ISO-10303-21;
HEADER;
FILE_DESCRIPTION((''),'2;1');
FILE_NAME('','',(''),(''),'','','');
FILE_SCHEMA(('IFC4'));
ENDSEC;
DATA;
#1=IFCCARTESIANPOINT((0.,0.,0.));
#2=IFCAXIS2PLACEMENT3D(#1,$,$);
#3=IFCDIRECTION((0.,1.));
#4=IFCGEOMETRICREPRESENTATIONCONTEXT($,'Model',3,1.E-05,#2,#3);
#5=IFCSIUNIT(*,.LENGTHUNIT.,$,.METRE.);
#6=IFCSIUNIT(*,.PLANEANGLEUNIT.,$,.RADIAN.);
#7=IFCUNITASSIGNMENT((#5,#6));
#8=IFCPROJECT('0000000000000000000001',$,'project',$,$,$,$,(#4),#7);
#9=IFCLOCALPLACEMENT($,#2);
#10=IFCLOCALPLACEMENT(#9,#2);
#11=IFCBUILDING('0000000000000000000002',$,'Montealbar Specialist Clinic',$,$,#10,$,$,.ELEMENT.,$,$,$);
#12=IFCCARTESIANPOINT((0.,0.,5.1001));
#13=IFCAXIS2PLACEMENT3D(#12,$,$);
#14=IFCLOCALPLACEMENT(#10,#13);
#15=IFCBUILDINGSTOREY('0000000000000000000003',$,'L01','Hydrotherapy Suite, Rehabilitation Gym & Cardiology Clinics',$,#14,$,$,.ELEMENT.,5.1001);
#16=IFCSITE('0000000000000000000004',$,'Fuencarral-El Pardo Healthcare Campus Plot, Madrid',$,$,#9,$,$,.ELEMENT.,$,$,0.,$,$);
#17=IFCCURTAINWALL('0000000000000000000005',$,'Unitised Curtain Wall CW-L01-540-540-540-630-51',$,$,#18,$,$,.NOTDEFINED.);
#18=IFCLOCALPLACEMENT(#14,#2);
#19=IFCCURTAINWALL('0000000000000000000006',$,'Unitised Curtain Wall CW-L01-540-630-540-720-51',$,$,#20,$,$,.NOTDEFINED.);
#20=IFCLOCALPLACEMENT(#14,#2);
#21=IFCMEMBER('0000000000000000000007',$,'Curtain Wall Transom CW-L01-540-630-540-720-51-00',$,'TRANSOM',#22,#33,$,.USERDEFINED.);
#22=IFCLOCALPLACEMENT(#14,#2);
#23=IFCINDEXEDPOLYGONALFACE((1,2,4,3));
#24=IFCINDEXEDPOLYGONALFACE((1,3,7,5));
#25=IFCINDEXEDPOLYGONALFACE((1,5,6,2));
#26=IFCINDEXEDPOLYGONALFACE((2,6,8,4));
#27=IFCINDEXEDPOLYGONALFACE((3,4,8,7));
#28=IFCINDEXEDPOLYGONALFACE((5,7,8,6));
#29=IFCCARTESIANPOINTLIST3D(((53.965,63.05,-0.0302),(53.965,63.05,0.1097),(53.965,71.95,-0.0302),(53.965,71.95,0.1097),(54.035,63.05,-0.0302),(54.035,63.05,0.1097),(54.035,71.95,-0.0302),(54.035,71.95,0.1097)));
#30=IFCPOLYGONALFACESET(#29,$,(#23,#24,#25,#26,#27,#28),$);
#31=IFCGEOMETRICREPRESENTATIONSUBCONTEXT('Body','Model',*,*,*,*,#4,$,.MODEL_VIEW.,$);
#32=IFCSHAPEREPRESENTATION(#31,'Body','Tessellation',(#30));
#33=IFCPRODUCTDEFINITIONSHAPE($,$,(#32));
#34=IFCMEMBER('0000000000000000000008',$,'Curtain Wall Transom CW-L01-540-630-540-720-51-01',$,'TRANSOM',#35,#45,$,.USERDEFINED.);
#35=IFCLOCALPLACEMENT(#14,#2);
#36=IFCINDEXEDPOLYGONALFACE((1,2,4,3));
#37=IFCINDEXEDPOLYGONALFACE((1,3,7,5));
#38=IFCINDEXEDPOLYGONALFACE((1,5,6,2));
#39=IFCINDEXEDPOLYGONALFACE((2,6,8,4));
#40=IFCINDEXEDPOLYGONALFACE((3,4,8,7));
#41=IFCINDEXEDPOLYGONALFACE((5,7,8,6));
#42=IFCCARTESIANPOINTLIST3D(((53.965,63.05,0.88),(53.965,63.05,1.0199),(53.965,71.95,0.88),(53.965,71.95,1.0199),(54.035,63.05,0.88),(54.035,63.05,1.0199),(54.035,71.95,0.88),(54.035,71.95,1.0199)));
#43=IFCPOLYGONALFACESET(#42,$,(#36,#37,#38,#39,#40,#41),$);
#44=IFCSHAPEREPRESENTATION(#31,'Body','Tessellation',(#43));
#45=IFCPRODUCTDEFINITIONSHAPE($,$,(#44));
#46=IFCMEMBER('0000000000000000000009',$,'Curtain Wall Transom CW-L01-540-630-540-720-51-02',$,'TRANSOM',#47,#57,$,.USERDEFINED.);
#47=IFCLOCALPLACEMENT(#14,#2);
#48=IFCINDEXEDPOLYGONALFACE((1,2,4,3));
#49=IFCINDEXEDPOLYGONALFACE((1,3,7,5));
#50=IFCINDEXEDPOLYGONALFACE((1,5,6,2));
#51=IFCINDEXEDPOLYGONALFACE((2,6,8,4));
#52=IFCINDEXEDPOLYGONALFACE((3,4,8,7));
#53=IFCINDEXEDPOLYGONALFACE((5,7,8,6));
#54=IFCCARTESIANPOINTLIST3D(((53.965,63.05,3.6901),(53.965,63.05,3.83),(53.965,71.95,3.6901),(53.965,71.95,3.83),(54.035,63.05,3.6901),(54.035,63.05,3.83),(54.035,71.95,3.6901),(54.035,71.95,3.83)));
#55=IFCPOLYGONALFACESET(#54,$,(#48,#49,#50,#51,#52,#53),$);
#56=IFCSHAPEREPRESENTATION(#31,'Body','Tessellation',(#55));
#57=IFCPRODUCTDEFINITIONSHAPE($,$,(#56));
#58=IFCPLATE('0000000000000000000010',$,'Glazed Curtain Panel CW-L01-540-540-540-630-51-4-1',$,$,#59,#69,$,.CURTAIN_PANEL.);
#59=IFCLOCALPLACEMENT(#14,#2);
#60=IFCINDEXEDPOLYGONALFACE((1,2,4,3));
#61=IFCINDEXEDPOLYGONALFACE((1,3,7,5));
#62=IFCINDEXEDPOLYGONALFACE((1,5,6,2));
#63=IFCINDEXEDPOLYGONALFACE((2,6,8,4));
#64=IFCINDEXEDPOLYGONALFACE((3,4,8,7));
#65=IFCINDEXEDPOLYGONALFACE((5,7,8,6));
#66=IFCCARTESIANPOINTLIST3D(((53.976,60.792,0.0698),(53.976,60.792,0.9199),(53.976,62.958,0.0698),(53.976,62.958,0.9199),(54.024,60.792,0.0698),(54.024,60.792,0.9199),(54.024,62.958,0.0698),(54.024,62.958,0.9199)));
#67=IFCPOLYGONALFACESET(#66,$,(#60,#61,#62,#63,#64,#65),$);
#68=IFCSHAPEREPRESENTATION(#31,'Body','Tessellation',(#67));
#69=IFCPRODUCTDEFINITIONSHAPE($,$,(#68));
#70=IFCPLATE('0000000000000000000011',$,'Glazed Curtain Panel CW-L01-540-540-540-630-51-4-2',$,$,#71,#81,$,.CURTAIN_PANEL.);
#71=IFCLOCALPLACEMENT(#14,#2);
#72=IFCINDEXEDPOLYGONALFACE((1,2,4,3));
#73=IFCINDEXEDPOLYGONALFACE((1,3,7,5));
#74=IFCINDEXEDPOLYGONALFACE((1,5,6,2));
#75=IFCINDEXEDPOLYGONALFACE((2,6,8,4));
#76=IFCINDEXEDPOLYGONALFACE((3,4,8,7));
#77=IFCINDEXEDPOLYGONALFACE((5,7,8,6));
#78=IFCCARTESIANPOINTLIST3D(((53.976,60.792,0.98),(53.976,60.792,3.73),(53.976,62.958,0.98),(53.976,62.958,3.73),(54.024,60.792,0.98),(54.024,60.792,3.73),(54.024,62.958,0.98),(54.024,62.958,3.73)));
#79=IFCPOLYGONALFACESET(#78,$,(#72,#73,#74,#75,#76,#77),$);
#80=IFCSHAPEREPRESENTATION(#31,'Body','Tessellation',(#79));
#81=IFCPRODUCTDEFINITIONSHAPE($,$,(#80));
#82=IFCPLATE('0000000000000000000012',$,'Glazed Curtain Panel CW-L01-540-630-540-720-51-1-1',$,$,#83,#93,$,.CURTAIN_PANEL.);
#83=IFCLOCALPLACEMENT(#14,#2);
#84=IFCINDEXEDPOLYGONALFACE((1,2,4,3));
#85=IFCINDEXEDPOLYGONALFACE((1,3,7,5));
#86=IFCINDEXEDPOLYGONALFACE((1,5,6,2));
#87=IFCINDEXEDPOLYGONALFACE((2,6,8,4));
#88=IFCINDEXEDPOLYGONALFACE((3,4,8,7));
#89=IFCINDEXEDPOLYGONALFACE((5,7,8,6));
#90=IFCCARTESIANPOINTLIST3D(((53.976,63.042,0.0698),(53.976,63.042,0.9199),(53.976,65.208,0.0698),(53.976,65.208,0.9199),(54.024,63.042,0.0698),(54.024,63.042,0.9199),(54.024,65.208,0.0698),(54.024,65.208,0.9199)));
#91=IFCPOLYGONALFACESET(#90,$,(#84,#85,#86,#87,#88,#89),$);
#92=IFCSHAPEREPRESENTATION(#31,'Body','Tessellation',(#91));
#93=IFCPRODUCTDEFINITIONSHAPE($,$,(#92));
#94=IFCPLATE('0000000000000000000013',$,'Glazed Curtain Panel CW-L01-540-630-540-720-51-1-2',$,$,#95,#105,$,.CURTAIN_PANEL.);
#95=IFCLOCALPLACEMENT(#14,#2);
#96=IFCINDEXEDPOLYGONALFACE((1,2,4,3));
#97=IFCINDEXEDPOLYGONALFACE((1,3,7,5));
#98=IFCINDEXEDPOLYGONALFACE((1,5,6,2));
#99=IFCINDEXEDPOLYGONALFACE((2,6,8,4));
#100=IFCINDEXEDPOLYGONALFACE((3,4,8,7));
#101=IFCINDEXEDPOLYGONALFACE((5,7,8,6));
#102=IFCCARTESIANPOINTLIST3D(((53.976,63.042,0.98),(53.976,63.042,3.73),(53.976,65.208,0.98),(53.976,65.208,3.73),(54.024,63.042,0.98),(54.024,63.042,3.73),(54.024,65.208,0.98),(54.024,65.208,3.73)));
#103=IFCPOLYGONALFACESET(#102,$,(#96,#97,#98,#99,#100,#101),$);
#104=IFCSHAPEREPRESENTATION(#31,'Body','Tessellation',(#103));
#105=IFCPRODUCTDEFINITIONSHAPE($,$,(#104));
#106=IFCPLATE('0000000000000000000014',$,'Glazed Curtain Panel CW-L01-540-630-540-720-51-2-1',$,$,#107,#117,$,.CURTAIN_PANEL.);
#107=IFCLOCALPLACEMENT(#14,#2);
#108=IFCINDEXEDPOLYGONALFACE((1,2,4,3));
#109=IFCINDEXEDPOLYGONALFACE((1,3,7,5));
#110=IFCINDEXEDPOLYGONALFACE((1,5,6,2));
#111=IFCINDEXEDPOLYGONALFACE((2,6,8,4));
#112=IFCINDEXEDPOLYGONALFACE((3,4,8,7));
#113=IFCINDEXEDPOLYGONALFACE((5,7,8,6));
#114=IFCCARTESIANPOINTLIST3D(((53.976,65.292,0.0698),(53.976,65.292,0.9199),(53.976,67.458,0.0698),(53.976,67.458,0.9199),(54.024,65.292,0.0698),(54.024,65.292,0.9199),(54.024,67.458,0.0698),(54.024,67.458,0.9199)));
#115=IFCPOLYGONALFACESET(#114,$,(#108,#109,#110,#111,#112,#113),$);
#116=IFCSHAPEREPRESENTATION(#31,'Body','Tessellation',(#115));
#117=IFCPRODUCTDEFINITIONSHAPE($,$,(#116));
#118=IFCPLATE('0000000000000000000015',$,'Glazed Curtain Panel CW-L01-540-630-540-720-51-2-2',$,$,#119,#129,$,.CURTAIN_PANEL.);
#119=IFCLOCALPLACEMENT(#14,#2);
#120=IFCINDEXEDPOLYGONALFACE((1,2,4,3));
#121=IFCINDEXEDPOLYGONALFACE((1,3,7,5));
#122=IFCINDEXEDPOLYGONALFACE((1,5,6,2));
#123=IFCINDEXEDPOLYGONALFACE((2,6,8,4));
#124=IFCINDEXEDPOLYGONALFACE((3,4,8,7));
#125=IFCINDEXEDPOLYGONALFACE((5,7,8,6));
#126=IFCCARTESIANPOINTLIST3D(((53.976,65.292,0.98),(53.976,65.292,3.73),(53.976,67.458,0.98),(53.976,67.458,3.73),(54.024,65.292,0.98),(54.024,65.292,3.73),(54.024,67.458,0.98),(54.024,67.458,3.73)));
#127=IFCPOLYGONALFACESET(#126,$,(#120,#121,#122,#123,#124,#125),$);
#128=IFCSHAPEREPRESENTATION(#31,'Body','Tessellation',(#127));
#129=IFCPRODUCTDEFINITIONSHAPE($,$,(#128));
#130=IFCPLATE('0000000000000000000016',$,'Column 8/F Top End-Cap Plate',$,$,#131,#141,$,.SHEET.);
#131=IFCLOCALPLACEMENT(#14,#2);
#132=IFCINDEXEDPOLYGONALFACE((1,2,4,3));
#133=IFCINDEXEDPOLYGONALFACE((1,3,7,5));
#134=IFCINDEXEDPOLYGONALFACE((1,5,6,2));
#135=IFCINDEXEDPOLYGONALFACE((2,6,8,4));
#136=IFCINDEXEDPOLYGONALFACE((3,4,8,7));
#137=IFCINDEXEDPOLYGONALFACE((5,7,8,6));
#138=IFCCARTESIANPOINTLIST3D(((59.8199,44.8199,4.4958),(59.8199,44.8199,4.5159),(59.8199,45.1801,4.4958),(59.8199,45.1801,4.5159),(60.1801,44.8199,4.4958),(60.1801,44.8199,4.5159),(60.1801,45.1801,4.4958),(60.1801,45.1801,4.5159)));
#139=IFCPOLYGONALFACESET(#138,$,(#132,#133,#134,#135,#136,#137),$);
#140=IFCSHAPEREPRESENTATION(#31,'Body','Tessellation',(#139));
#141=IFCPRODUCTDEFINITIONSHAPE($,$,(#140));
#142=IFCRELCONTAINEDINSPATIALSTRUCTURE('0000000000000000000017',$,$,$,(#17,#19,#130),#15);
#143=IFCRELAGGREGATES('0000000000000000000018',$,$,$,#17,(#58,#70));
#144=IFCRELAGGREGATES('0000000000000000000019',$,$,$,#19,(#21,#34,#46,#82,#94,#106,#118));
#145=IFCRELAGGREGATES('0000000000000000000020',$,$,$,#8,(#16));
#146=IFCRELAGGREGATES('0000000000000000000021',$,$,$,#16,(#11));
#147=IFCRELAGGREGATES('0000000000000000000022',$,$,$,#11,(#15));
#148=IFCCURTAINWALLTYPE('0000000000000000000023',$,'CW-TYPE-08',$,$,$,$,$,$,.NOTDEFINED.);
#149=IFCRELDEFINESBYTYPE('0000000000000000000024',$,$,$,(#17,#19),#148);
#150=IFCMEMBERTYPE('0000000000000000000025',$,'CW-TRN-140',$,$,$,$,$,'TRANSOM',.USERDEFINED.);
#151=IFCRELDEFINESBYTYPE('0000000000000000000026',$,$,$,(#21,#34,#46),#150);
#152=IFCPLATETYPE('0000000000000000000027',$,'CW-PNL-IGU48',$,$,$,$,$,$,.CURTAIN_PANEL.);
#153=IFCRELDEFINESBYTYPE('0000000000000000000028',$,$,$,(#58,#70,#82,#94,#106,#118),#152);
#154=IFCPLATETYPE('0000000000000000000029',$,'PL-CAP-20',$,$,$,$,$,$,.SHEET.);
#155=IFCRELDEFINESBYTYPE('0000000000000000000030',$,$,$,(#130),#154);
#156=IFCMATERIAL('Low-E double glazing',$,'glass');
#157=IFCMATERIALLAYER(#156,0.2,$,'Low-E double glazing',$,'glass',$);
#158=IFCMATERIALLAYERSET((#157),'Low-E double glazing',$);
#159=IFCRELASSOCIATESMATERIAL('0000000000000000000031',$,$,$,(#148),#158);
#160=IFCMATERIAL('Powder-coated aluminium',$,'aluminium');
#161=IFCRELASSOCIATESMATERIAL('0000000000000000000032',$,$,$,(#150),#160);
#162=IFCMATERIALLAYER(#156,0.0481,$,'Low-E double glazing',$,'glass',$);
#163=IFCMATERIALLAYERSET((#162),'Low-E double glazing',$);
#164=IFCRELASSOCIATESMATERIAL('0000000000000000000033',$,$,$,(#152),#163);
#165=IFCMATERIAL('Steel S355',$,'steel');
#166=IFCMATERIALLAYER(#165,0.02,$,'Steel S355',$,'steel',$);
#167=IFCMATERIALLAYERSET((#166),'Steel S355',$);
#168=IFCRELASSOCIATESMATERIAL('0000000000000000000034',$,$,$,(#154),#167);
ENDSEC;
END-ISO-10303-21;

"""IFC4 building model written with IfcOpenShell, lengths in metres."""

from ifc_helpers import new_model, si_unit, direction, frame, origin, origin_2d, place, context, subcontext, project, spatial, rectangle, extrude, material, layer, layer_set, material_profile, profile_set, type_object, element, aggregate, save


model = new_model("IFC4")

# Units and contexts
model_context = context("Model", 3, precision=1e-05, world=origin(), true_north=direction((0.0, 1.0)))
body_context = subcontext(model_context, "Body", "Model", "MODEL_VIEW")
ifc_project = project(units=[si_unit("LENGTHUNIT", "METRE"), si_unit("PLANEANGLEUNIT", "RADIAN")], contexts=[model_context])

# Site, building, storey
site_placement = place(None, origin())
site = spatial("IfcSite", under=ifc_project, at=site_placement, Name="Fuencarral-El Pardo Healthcare Campus Plot, Madrid", CompositionType="ELEMENT", RefElevation=0.0)
building_placement = place(site_placement, origin())
building = spatial("IfcBuilding", under=site, at=building_placement, Name="Montealbar Specialist Clinic", CompositionType="ELEMENT")
storey_placement = place(building_placement, frame((0.0, 0.0, 5.1001)))
storey = spatial("IfcBuildingStorey", under=building, at=storey_placement, Name="L01", Description="Hydrotherapy Suite, Rehabilitation Gym & Cardiology Clinics", CompositionType="ELEMENT", Elevation=5.1001)

# Shared definitions
ifc_material_1 = material(Name="Steel S355", Category="steel")

# Curtain wall
ifc_material_2 = material(Name="Low-E double glazing", Category="glass")
ifc_layer_1 = layer(ifc_material_2, 0.2, Name="Low-E double glazing", Category="glass")
ifc_layer_set_1 = layer_set([ifc_layer_1], Name="Low-E double glazing")
curtain_wall_type = type_object("IfcCurtainWallType", Name="CW-TYPE-08", PredefinedType="NOTDEFINED", material=ifc_layer_set_1)
curtain_wall_1_placement = place(storey_placement, origin())
curtain_wall_1 = element("IfcCurtainWall", 1, at=curtain_wall_1_placement, inside=storey, type_object=curtain_wall_type, Name="Unitised Curtain Wall CW-L01-540-540-540-630-51", PredefinedType="NOTDEFINED")

# Curtain wall, members
curtain_wall_2_placement = place(storey_placement, origin())
curtain_wall_2 = element("IfcCurtainWall", 2, at=curtain_wall_2_placement, inside=storey, type_object=curtain_wall_type, Name="Unitised Curtain Wall CW-L01-540-630-540-720-51", PredefinedType="NOTDEFINED")
ifc_material_3 = material(Name="Powder-coated aluminium", Category="aluminium")
ifc_material_profile_1 = material_profile(ifc_material_3, rectangle(XDim=0.0701, YDim=0.1399, at=origin_2d()), Name="ALU 70x140", Category="aluminium")
ifc_profile_set_1 = profile_set([ifc_material_profile_1], Name="Powder-coated aluminium")
member_type_1 = type_object("IfcMemberType", Name="CW-TRN-140", ElementType="TRANSOM", PredefinedType="USERDEFINED", material=ifc_profile_set_1)
member_1_placement = place(storey_placement, frame((54.0, 63.05, 0.0398), z_axis=(0.0, 1.0, 0.0), x_axis=(-1.0, 0.0, 0.0)))
member_1 = element("IfcMember", 3, at=member_1_placement, type_object=member_type_1, Name="Curtain Wall Transom CW-L01-540-630-540-720-51-00", ObjectType="TRANSOM", PredefinedType="USERDEFINED", context=body_context, shape_type="SweptSolid", body=[
    extrude(rectangle(XDim=0.0701, YDim=0.1399, at=origin_2d()), origin(), (0.0, 0.0, 1.0), 8.8999),
])
member_2_placement = place(storey_placement, frame((54.0, 63.05, 0.95), z_axis=(0.0, 1.0, 0.0), x_axis=(-1.0, 0.0, 0.0)))
member_2 = element("IfcMember", 4, at=member_2_placement, type_object=member_type_1, Name="Curtain Wall Transom CW-L01-540-630-540-720-51-01", ObjectType="TRANSOM", PredefinedType="USERDEFINED", context=body_context, shape_type="SweptSolid", body=[
    extrude(rectangle(XDim=0.0701, YDim=0.1399, at=origin_2d()), origin(), (0.0, 0.0, 1.0), 8.8999),
])
member_3_placement = place(storey_placement, frame((54.0, 63.05, 3.76), z_axis=(0.0, 1.0, 0.0), x_axis=(-1.0, 0.0, 0.0)))
member_3 = element("IfcMember", 5, at=member_3_placement, type_object=member_type_1, Name="Curtain Wall Transom CW-L01-540-630-540-720-51-02", ObjectType="TRANSOM", PredefinedType="USERDEFINED", context=body_context, shape_type="SweptSolid", body=[
    extrude(rectangle(XDim=0.0701, YDim=0.1399, at=origin_2d()), origin(), (0.0, 0.0, 1.0), 8.8999),
])

# Plates
ifc_layer_2 = layer(ifc_material_2, 0.0481, Name="Low-E double glazing", Category="glass")
ifc_layer_set_2 = layer_set([ifc_layer_2], Name="Low-E double glazing")
plate_type_1 = type_object("IfcPlateType", Name="CW-PNL-IGU48", PredefinedType="CURTAIN_PANEL", material=ifc_layer_set_2)
plate_1_placement = place(storey_placement, frame((54.0, 61.875, 0.0698), z_axis=(0.0, 0.0, 1.0), x_axis=(0.0, 1.0, 0.0)))
plate_1 = element("IfcPlate", 6, at=plate_1_placement, type_object=plate_type_1, Name="Glazed Curtain Panel CW-L01-540-540-540-630-51-4-1", PredefinedType="CURTAIN_PANEL", context=body_context, shape_type="SweptSolid", body=[
    extrude(rectangle(XDim=2.166, YDim=0.0481, at=origin_2d()), origin(), (0.0, 0.0, 1.0), 0.8501),
])
plate_2_placement = place(storey_placement, frame((54.0, 61.875, 0.98), z_axis=(0.0, 0.0, 1.0), x_axis=(0.0, 1.0, 0.0)))
plate_2 = element("IfcPlate", 7, at=plate_2_placement, type_object=plate_type_1, Name="Glazed Curtain Panel CW-L01-540-540-540-630-51-4-2", PredefinedType="CURTAIN_PANEL", context=body_context, shape_type="SweptSolid", body=[
    extrude(rectangle(XDim=2.166, YDim=0.0481, at=origin_2d()), origin(), (0.0, 0.0, 1.0), 2.75),
])
aggregate(curtain_wall_1, [plate_1, plate_2])
plate_3_placement = place(storey_placement, frame((54.0, 64.125, 0.0698), z_axis=(0.0, 0.0, 1.0), x_axis=(0.0, 1.0, 0.0)))
plate_3 = element("IfcPlate", 8, at=plate_3_placement, type_object=plate_type_1, Name="Glazed Curtain Panel CW-L01-540-630-540-720-51-1-1", PredefinedType="CURTAIN_PANEL", context=body_context, shape_type="SweptSolid", body=[
    extrude(rectangle(XDim=2.166, YDim=0.0481, at=origin_2d()), origin(), (0.0, 0.0, 1.0), 0.8501),
])
plate_4_placement = place(storey_placement, frame((54.0, 64.125, 0.98), z_axis=(0.0, 0.0, 1.0), x_axis=(0.0, 1.0, 0.0)))
plate_4 = element("IfcPlate", 9, at=plate_4_placement, type_object=plate_type_1, Name="Glazed Curtain Panel CW-L01-540-630-540-720-51-1-2", PredefinedType="CURTAIN_PANEL", context=body_context, shape_type="SweptSolid", body=[
    extrude(rectangle(XDim=2.166, YDim=0.0481, at=origin_2d()), origin(), (0.0, 0.0, 1.0), 2.75),
])
plate_5_placement = place(storey_placement, frame((54.0, 66.375, 0.0698), z_axis=(0.0, 0.0, 1.0), x_axis=(0.0, 1.0, 0.0)))
plate_5 = element("IfcPlate", 10, at=plate_5_placement, type_object=plate_type_1, Name="Glazed Curtain Panel CW-L01-540-630-540-720-51-2-1", PredefinedType="CURTAIN_PANEL", context=body_context, shape_type="SweptSolid", body=[
    extrude(rectangle(XDim=2.166, YDim=0.0481, at=origin_2d()), origin(), (0.0, 0.0, 1.0), 0.8501),
])
plate_6_placement = place(storey_placement, frame((54.0, 66.375, 0.98), z_axis=(0.0, 0.0, 1.0), x_axis=(0.0, 1.0, 0.0)))
plate_6 = element("IfcPlate", 11, at=plate_6_placement, type_object=plate_type_1, Name="Glazed Curtain Panel CW-L01-540-630-540-720-51-2-2", PredefinedType="CURTAIN_PANEL", context=body_context, shape_type="SweptSolid", body=[
    extrude(rectangle(XDim=2.166, YDim=0.0481, at=origin_2d()), origin(), (0.0, 0.0, 1.0), 2.75),
])
aggregate(curtain_wall_2, [member_1, member_2, member_3, plate_3, plate_4, plate_5, plate_6])
ifc_layer_3 = layer(ifc_material_1, 0.02, Name="Steel S355", Category="steel")
ifc_layer_set_3 = layer_set([ifc_layer_3], Name="Steel S355")
plate_type_2 = type_object("IfcPlateType", Name="PL-CAP-20", PredefinedType="SHEET", material=ifc_layer_set_3)
plate_7_placement = place(storey_placement, frame((60.0, 45.0, 4.4958), z_axis=(0.0, 0.0, 1.0), x_axis=(1.0, 0.0, 0.0)))
element("IfcPlate", 12, at=plate_7_placement, inside=storey, type_object=plate_type_2, Name="Column 8/F Top End-Cap Plate", PredefinedType="SHEET", context=body_context, shape_type="SweptSolid", body=[
    extrude(rectangle(XDim=0.3601, YDim=0.3601, at=origin_2d()), origin(), (0.0, 0.0, 1.0), 0.02),
])

save(model, "model.ifc")
